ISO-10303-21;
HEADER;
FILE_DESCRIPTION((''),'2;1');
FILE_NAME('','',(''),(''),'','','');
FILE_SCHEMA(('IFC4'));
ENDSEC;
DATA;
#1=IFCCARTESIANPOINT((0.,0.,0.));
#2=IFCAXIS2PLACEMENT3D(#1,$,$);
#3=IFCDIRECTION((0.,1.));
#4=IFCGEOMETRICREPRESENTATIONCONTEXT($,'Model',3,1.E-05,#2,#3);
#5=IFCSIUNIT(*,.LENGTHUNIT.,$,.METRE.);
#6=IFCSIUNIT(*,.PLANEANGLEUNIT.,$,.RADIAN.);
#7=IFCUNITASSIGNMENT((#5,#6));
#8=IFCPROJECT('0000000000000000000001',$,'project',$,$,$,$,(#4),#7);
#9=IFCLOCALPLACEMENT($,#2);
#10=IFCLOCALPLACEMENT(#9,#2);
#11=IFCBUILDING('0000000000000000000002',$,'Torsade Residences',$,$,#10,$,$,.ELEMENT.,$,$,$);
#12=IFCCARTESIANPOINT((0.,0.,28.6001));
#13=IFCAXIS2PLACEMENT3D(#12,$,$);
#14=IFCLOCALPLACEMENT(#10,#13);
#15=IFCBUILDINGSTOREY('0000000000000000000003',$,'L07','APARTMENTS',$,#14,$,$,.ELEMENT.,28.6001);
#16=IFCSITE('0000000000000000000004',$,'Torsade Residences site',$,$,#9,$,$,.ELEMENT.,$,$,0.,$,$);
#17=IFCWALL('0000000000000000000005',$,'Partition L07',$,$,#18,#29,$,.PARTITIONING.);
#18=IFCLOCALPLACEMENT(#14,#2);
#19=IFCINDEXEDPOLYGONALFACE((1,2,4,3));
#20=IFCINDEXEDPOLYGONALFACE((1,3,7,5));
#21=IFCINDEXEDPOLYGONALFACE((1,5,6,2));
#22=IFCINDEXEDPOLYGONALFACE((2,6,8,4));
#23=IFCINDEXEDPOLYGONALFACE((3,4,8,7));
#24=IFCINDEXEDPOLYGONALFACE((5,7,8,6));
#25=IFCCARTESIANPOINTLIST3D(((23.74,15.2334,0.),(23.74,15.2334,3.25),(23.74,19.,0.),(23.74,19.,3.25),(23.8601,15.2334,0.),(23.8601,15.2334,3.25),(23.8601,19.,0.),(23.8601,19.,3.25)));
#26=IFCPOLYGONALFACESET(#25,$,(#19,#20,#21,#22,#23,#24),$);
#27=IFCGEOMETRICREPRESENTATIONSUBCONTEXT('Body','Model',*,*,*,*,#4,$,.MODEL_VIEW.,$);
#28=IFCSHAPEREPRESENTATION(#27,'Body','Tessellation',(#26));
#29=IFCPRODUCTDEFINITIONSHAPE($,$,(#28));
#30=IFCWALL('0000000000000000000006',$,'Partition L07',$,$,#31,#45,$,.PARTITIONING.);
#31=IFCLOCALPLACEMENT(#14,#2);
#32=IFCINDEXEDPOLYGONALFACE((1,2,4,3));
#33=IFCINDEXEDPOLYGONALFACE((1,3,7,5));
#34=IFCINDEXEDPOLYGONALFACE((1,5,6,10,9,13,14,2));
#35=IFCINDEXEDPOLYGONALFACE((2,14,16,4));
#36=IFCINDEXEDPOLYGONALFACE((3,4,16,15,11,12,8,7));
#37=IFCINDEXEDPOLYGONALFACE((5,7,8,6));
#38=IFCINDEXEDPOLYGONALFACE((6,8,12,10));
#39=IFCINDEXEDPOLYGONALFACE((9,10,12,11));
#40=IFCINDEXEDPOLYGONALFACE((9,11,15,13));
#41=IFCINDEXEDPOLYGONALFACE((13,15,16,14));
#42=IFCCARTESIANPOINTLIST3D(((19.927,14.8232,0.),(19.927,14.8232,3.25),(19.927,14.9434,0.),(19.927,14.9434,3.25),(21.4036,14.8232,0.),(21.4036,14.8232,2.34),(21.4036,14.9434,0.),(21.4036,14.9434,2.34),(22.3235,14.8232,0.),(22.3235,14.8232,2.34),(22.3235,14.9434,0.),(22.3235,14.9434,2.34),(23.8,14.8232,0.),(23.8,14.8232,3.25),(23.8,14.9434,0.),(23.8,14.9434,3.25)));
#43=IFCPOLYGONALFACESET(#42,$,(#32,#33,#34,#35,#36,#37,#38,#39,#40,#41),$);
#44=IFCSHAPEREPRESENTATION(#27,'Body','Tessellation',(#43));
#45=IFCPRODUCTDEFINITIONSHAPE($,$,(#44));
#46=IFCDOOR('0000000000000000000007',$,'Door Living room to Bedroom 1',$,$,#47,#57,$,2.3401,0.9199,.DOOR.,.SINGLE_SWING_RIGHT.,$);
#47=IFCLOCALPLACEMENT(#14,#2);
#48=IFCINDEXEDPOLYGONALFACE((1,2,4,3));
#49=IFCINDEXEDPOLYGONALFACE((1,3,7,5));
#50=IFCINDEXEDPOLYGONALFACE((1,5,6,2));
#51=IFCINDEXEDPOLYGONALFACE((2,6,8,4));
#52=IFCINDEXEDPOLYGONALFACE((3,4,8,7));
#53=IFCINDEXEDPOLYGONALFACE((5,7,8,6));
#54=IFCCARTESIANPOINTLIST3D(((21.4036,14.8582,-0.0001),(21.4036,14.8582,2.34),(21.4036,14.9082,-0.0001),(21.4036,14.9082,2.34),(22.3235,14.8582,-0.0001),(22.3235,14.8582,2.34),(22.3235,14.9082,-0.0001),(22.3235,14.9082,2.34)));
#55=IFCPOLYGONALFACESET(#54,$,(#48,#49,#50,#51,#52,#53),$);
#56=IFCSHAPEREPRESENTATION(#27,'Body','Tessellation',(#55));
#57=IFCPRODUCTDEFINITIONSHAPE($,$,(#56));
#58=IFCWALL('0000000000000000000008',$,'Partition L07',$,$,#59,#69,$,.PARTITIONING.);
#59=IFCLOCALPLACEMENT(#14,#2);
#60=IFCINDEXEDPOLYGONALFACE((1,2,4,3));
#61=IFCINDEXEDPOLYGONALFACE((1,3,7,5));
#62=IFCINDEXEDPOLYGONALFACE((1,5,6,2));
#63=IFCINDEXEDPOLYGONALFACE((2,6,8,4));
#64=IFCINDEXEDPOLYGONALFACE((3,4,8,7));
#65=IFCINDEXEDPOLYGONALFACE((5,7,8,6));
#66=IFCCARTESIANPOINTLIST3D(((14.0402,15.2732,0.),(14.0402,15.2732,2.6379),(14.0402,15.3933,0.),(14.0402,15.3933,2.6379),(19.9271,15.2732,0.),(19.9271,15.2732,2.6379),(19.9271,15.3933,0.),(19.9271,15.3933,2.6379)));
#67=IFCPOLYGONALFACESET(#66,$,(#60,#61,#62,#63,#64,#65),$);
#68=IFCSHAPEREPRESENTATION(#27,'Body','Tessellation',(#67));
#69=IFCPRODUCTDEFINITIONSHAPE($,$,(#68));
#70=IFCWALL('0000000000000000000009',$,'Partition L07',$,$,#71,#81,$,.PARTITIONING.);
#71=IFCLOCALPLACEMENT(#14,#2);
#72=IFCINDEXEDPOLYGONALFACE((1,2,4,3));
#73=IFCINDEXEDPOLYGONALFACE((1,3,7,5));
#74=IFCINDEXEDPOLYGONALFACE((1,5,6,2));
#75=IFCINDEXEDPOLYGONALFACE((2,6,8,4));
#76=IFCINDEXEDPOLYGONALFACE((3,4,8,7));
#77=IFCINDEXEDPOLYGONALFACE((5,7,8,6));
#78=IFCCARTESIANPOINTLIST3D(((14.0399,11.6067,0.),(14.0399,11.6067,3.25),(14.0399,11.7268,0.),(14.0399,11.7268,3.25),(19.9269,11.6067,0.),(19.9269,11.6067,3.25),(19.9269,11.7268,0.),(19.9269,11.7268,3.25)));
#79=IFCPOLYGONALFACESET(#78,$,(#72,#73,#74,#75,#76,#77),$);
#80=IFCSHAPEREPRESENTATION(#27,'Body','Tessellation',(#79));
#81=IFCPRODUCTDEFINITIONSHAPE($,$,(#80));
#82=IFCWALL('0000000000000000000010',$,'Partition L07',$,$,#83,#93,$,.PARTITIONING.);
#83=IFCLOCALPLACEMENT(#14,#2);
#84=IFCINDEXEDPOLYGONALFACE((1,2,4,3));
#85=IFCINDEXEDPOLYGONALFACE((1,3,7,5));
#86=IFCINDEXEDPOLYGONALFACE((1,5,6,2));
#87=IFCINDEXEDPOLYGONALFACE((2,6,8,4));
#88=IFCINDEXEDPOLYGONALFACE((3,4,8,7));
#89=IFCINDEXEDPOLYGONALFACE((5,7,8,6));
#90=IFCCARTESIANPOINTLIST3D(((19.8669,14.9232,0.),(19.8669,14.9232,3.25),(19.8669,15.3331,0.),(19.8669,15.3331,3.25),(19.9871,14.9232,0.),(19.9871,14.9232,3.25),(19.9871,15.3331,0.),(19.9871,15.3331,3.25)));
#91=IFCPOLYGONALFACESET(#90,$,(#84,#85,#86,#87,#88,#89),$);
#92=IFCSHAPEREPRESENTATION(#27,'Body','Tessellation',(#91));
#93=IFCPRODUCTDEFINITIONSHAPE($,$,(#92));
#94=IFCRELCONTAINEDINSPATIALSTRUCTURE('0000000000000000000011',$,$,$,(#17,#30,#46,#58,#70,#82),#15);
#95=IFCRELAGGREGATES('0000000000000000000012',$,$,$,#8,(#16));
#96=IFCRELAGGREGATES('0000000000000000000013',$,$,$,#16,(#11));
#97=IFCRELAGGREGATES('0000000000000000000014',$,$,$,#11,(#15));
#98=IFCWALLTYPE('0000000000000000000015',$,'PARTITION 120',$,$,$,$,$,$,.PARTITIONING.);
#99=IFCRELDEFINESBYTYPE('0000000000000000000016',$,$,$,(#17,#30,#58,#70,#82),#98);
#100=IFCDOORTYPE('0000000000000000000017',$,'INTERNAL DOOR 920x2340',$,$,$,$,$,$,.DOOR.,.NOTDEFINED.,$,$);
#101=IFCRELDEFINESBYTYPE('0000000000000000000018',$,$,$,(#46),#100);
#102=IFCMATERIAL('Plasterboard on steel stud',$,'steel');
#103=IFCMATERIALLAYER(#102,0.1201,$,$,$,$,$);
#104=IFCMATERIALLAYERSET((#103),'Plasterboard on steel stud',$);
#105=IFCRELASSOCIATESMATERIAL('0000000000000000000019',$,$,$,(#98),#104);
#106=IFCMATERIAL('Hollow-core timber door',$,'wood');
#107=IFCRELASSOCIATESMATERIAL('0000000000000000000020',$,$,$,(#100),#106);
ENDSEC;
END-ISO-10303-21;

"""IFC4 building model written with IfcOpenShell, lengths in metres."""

from ifc_helpers import new_model, si_unit, direction, frame, frame_2d, origin, place, context, subcontext, project, spatial, rectangle, extrude, material, layer, layer_set, type_object, element, fill, save


model = new_model("IFC4")

# Units and contexts
model_context = context("Model", 3, precision=1e-05, world=origin(), true_north=direction((0.0, 1.0)))
body_context = subcontext(model_context, "Body", "Model", "MODEL_VIEW")
ifc_project = project(units=[si_unit("LENGTHUNIT", "METRE"), si_unit("PLANEANGLEUNIT", "RADIAN")], contexts=[model_context])

# Site, building, storey
site_placement = place(None, origin())
site = spatial("IfcSite", under=ifc_project, at=site_placement, Name="Torsade Residences site", CompositionType="ELEMENT", RefElevation=0.0)
building_placement = place(site_placement, origin())
building = spatial("IfcBuilding", under=site, at=building_placement, Name="Torsade Residences", CompositionType="ELEMENT")
storey_placement = place(building_placement, frame((0.0, 0.0, 28.6001)))
storey = spatial("IfcBuildingStorey", under=building, at=storey_placement, Name="L07", Description="APARTMENTS", CompositionType="ELEMENT", Elevation=28.6001)

# Wall
ifc_material_1 = material(Name="Plasterboard on steel stud", Category="steel")
ifc_layer_1 = layer(ifc_material_1, 0.1201)
ifc_layer_set_1 = layer_set([ifc_layer_1], Name="Plasterboard on steel stud")
wall_type = type_object("IfcWallType", Name="PARTITION 120", PredefinedType="PARTITIONING", material=ifc_layer_set_1)
wall_1_placement = place(storey_placement, frame((23.8, 15.2334, 0.0), z_axis=(0.0, 0.0, 1.0), x_axis=(0.0, 1.0, 0.0)))
element("IfcWall", 1, at=wall_1_placement, inside=storey, type_object=wall_type, Name="Partition L07", PredefinedType="PARTITIONING", context=body_context, shape_type="SweptSolid", body=[
    extrude(rectangle(XDim=3.7666, YDim=0.1201, at=frame_2d((1.8833, 0.0))), origin(), (0.0, 0.0, 1.0), 3.25),
])

# Wall, opening, door
wall_2_placement = place(storey_placement, frame((19.927, 14.8833, 0.0), z_axis=(0.0, 0.0, 1.0), x_axis=(1.0, 0.0, 0.0)))
wall_2 = element("IfcWall", 2, at=wall_2_placement, inside=storey, type_object=wall_type, Name="Partition L07", PredefinedType="PARTITIONING", context=body_context, shape_type="SweptSolid", body=[
    extrude(rectangle(XDim=3.873, YDim=0.1201, at=frame_2d((1.9365, 0.0))), origin(), (0.0, 0.0, 1.0), 3.25),
])
opening_placement = place(wall_2_placement, frame((1.4766, 0.0, 0.0)))
opening = element("IfcOpeningElement", 3, at=opening_placement, cuts=wall_2, PredefinedType="OPENING", context=body_context, shape_type="SweptSolid", body=[
    extrude(rectangle(XDim=0.9199, YDim=2.3401, at=frame_2d((0.46, 1.1699))), frame((0.0, 0.0701, 0.0), z_axis=(0.0, -1.0, 0.0), x_axis=(1.0, 0.0, 0.0)), (0.0, 0.0, 1.0), 0.1401),
])
ifc_material_2 = material(Name="Hollow-core timber door", Category="wood")
door_type = type_object("IfcDoorType", Name="INTERNAL DOOR 920x2340", OperationType="NOTDEFINED", PredefinedType="DOOR", material=ifc_material_2)
door_placement = place(opening_placement, origin())
door = element("IfcDoor", 4, at=door_placement, inside=storey, type_object=door_type, Name="Door Living room to Bedroom 1", OperationType="SINGLE_SWING_RIGHT", OverallHeight=2.3401, OverallWidth=0.9199, PredefinedType="DOOR", context=body_context, shape_type="SweptSolid", body=[
    extrude(rectangle(XDim=0.9199, YDim=2.3401, at=frame_2d((0.46, 1.1699))), frame((0.0, 0.0249, 0.0), z_axis=(0.0, -1.0, 0.0), x_axis=(1.0, 0.0, 0.0)), (0.0, 0.0, 1.0), 0.05),
])
fill(opening, door)

# Walls
wall_3_placement = place(storey_placement, frame((19.927, 15.3333, 0.0), z_axis=(0.0, 0.0, 1.0), x_axis=(-1.0, 0.0, 0.0)))
element("IfcWall", 5, at=wall_3_placement, inside=storey, type_object=wall_type, Name="Partition L07", PredefinedType="PARTITIONING", context=body_context, shape_type="SweptSolid", body=[
    extrude(rectangle(XDim=5.887, YDim=0.1201, at=frame_2d((2.9434, 0.0))), origin(), (0.0, 0.0, 1.0), 2.6379),
])
wall_4_placement = place(storey_placement, frame((14.04, 11.6667, 0.0), z_axis=(0.0, 0.0, 1.0), x_axis=(1.0, 0.0, 0.0)))
element("IfcWall", 6, at=wall_4_placement, inside=storey, type_object=wall_type, Name="Partition L07", PredefinedType="PARTITIONING", context=body_context, shape_type="SweptSolid", body=[
    extrude(rectangle(XDim=5.887, YDim=0.1201, at=frame_2d((2.9434, 0.0))), origin(), (0.0, 0.0, 1.0), 3.25),
])
wall_5_placement = place(storey_placement, frame((19.927, 15.3333, 0.0), z_axis=(0.0, 0.0, 1.0), x_axis=(0.0, -1.0, 0.0)))
element("IfcWall", 7, at=wall_5_placement, inside=storey, type_object=wall_type, Name="Partition L07", PredefinedType="PARTITIONING", context=body_context, shape_type="SweptSolid", body=[
    extrude(rectangle(XDim=0.4099, YDim=0.1201, at=frame_2d((0.2051, 0.0))), origin(), (0.0, 0.0, 1.0), 3.25),
])

save(model, "model.ifc")
